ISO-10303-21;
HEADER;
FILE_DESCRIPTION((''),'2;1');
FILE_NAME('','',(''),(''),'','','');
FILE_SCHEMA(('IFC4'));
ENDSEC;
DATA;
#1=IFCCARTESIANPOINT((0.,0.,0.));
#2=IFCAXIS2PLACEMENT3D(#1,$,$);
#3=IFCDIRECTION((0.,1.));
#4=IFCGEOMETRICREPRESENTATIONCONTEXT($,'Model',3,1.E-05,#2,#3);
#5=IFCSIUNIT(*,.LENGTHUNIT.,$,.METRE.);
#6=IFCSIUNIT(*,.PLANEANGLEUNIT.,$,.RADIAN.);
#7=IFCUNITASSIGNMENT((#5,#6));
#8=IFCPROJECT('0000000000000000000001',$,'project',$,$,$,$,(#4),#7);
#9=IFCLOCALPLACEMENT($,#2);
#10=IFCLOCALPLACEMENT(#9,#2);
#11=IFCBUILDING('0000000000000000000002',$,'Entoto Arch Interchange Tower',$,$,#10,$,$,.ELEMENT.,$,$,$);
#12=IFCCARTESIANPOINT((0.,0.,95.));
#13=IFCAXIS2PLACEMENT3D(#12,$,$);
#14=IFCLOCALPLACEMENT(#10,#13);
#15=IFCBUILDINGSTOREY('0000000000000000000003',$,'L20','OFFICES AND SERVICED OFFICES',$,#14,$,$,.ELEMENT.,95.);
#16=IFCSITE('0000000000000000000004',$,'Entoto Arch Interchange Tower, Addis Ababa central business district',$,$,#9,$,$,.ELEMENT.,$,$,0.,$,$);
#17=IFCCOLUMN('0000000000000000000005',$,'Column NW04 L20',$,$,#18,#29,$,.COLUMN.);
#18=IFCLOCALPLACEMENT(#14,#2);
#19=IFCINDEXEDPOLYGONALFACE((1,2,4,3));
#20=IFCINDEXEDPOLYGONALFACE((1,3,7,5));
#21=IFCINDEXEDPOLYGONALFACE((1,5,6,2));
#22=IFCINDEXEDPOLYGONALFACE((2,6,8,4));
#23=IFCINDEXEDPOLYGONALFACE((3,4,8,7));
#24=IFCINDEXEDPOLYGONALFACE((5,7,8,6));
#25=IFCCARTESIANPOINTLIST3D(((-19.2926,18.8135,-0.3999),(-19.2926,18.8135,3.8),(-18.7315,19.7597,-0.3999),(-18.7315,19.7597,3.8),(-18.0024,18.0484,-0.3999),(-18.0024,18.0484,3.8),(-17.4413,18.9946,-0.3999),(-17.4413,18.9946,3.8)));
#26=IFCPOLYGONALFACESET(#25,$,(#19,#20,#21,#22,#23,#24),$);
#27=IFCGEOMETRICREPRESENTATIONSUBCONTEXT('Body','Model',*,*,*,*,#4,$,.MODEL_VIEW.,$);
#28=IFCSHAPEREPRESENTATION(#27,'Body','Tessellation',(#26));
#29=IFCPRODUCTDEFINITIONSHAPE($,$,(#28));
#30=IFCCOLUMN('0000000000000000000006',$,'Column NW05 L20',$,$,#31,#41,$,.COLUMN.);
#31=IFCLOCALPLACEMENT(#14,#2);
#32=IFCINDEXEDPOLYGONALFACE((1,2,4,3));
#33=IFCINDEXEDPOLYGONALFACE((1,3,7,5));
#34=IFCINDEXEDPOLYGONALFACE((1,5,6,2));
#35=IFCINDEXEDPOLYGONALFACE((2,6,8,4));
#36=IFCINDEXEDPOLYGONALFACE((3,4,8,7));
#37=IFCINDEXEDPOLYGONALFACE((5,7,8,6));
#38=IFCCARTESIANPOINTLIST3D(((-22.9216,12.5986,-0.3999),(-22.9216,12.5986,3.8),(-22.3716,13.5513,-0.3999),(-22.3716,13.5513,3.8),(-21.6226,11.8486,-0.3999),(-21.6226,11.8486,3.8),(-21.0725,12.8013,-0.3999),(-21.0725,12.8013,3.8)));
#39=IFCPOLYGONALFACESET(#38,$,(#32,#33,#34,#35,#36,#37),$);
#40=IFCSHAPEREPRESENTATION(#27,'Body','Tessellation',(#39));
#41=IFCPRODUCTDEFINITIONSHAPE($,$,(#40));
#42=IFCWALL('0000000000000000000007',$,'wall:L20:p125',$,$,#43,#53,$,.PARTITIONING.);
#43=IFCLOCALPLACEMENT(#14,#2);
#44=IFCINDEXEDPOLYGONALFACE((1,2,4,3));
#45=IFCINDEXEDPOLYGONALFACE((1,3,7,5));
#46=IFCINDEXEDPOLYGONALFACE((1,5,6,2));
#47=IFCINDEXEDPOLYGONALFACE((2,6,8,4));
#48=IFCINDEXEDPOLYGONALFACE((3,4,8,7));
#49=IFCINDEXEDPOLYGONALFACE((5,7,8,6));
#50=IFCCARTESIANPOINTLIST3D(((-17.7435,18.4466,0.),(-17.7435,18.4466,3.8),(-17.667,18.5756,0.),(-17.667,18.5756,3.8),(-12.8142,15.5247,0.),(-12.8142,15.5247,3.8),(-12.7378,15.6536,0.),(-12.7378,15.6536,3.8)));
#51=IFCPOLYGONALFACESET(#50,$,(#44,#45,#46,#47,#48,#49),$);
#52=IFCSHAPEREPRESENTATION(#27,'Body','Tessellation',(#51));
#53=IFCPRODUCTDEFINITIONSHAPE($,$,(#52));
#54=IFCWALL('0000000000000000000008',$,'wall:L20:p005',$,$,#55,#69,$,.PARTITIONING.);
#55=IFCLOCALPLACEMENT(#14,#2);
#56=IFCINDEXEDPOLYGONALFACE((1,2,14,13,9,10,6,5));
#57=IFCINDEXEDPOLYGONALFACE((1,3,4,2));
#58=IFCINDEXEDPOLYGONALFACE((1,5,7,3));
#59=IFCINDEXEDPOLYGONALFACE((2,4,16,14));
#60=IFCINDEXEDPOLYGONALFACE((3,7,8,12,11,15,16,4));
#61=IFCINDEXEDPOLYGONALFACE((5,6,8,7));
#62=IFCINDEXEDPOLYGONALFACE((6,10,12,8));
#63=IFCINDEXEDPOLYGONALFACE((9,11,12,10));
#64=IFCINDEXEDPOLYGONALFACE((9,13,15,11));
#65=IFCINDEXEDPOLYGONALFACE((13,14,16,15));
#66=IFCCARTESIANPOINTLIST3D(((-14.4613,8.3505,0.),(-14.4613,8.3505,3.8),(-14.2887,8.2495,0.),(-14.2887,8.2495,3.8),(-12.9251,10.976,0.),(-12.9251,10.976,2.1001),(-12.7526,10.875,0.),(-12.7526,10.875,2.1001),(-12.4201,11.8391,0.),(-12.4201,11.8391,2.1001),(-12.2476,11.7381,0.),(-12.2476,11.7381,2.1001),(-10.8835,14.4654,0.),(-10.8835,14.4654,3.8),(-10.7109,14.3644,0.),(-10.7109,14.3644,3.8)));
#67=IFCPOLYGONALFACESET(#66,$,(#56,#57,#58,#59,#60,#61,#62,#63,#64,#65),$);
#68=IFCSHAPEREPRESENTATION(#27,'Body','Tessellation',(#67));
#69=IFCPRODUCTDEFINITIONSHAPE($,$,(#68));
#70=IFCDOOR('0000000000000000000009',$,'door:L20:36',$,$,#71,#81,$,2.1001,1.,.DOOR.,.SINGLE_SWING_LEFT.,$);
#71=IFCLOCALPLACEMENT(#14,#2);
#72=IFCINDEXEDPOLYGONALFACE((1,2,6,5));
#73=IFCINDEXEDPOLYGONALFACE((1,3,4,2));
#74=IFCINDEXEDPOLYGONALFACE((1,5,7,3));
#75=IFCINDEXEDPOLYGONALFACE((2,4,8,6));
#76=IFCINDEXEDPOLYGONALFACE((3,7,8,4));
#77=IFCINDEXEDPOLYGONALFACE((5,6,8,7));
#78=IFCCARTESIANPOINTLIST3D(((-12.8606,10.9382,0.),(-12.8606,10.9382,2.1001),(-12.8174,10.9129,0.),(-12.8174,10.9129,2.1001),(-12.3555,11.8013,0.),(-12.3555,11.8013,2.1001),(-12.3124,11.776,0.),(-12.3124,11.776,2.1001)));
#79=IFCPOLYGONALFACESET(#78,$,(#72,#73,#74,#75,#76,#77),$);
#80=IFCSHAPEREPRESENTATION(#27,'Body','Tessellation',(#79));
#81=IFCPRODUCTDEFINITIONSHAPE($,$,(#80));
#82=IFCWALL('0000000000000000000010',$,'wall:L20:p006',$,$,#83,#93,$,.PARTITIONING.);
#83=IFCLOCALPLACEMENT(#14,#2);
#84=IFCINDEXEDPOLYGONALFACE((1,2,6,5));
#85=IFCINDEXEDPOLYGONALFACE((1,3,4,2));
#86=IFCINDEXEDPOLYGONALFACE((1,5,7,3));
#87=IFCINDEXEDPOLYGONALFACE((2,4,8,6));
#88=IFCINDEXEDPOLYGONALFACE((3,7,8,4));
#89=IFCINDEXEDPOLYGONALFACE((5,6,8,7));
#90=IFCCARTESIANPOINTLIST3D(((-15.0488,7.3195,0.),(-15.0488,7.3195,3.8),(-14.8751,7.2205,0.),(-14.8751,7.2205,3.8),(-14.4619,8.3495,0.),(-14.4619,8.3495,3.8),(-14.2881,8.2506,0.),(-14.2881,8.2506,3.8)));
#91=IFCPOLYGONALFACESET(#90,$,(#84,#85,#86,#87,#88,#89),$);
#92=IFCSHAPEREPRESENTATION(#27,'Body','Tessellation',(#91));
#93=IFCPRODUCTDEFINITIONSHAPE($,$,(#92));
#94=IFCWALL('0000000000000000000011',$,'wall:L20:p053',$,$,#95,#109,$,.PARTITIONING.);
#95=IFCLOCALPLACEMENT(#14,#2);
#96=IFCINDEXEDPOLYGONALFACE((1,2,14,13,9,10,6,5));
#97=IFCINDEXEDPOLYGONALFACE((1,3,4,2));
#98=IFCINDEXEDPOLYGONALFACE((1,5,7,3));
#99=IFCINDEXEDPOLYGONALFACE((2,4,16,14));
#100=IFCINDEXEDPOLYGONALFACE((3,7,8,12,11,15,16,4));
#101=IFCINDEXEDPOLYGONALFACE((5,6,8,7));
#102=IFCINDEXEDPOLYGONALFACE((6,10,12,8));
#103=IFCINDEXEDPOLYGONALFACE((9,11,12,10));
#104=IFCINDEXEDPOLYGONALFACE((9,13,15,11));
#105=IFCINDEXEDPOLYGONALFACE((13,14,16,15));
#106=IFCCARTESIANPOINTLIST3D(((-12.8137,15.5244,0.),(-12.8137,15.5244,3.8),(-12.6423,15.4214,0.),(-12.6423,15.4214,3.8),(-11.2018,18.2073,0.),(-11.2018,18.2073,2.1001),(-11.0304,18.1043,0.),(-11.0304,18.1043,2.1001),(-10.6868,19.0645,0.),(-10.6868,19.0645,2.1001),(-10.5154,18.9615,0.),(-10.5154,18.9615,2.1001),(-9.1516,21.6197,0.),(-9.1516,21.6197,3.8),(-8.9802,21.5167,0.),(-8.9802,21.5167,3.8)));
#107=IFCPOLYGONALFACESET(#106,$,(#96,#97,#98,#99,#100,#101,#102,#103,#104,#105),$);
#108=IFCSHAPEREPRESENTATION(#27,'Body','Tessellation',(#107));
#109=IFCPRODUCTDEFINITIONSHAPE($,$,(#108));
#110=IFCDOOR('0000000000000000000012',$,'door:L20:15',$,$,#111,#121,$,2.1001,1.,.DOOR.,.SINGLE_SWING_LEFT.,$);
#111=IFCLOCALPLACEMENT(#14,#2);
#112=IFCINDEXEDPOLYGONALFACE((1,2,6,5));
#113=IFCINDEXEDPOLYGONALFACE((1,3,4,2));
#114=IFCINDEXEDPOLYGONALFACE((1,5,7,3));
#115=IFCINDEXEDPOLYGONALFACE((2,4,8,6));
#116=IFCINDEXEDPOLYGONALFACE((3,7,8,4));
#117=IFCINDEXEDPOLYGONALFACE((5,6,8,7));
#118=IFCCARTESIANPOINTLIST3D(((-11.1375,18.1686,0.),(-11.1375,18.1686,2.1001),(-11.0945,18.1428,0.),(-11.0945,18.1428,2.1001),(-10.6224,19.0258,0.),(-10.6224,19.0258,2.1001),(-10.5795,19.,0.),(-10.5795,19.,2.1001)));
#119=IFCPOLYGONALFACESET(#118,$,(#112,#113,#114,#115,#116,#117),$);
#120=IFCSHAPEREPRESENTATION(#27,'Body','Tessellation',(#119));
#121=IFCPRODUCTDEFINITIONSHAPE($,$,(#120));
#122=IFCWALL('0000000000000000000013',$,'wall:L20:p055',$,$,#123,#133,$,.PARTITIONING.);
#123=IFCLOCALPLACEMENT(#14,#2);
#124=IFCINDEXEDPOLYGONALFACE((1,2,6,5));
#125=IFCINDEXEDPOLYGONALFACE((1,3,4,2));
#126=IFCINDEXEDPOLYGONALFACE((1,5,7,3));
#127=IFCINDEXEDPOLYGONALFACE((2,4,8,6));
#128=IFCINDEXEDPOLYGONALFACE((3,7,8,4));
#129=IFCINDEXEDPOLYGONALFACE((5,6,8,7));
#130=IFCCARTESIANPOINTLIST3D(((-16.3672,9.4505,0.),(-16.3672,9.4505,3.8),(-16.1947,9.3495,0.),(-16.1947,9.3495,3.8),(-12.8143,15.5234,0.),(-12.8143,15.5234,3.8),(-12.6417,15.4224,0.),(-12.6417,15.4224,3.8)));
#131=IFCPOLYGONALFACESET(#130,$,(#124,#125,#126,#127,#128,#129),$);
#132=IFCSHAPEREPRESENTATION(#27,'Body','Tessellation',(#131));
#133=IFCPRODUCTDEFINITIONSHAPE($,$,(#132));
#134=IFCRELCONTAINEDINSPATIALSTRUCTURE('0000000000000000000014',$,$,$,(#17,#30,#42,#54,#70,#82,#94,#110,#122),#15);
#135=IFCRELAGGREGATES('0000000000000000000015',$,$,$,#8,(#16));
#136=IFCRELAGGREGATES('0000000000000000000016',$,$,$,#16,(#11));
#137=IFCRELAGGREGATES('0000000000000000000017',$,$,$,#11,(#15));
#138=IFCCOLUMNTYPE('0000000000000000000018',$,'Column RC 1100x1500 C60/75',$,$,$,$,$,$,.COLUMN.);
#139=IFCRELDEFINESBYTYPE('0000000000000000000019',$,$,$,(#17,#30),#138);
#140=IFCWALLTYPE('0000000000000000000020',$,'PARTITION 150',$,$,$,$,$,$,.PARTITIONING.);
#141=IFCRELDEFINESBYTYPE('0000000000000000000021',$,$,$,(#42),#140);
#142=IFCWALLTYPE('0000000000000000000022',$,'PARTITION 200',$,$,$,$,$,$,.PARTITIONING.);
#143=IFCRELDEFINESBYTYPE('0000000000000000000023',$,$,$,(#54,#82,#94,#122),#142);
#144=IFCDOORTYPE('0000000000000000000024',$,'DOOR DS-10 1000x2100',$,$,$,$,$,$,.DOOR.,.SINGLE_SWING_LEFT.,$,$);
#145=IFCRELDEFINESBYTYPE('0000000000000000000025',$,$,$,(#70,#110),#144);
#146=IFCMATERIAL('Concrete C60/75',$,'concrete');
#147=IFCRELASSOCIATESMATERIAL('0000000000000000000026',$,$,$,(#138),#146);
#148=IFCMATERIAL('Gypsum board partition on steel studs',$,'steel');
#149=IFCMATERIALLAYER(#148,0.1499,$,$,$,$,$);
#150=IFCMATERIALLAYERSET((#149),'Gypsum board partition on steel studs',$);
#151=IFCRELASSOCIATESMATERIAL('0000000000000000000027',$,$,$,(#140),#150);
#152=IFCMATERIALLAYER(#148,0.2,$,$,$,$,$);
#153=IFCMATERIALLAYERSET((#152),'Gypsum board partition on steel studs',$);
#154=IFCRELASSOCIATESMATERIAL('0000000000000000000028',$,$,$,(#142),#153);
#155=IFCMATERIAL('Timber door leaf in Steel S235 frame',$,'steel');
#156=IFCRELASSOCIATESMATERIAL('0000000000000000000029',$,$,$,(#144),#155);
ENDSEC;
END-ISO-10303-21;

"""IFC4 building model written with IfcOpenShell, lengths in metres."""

from ifc_helpers import new_model, si_unit, direction, frame, frame_2d, origin, origin_2d, place, context, subcontext, project, spatial, rectangle, extrude, material, layer, layer_set, material_profile, profile_set, type_object, element, fill, save


model = new_model("IFC4")

# Units and contexts
model_context = context("Model", 3, precision=1e-05, world=origin(), true_north=direction((0.0, 1.0)))
body_context = subcontext(model_context, "Body", "Model", "MODEL_VIEW")
ifc_project = project(units=[si_unit("LENGTHUNIT", "METRE"), si_unit("PLANEANGLEUNIT", "RADIAN")], contexts=[model_context])

# Site, building, storey
site_placement = place(None, origin())
site = spatial("IfcSite", under=ifc_project, at=site_placement, Name="Entoto Arch Interchange Tower, Addis Ababa central business district", CompositionType="ELEMENT", RefElevation=0.0)
building_placement = place(site_placement, origin())
building = spatial("IfcBuilding", under=site, at=building_placement, Name="Entoto Arch Interchange Tower", CompositionType="ELEMENT")
storey_placement = place(building_placement, frame((0.0, 0.0, 95.0)))
storey = spatial("IfcBuildingStorey", under=building, at=storey_placement, Name="L20", Description="OFFICES AND SERVICED OFFICES", CompositionType="ELEMENT", Elevation=95.0)

# Columns
ifc_material_1 = material(Name="Concrete C60/75", Category="concrete")
ifc_material_profile = material_profile(ifc_material_1, rectangle(XDim=1.1001, YDim=1.5, at=origin_2d()))
ifc_profile_set = profile_set([ifc_material_profile], Name="Concrete C60/75")
column_type = type_object("IfcColumnType", Name="Column RC 1100x1500 C60/75", PredefinedType="COLUMN", material=ifc_profile_set)
for number, where, z_axis, x_axis, name in (
    (1, (-18.3669, 18.9041, -0.3999), (0.0, 0.0, 1.0), (0.510093, 0.860119, 0.0), "Column NW04 L20"),
    (2, (-21.9971, 12.7, -0.3999), (0.0, 0.0, 1.0), (0.5, 0.866025, 0.0), "Column NW05 L20"),
):
    element("IfcColumn", number, at=place(storey_placement, frame(where, z_axis=z_axis, x_axis=x_axis)), inside=storey, type_object=column_type, Name=name, PredefinedType="COLUMN", context=body_context, shape_type="SweptSolid", body=[
        extrude(rectangle(XDim=1.1001, YDim=1.5, at=origin_2d()), origin(), (0.0, 0.0, 1.0), 4.2),
    ])

# Wall
ifc_material_2 = material(Name="Gypsum board partition on steel studs", Category="steel")
ifc_layer_1 = layer(ifc_material_2, 0.1499)
ifc_layer_set_1 = layer_set([ifc_layer_1], Name="Gypsum board partition on steel studs")
wall_type_1 = type_object("IfcWallType", Name="PARTITION 150", PredefinedType="PARTITIONING", material=ifc_layer_set_1)
wall_1_placement = place(storey_placement, frame((-12.7759, 15.5891, 0.0), z_axis=(0.0, 0.0, 1.0), x_axis=(-0.860225, 0.509915, 0.0)))
element("IfcWall", 3, at=wall_1_placement, inside=storey, type_object=wall_type_1, Name="wall:L20:p125", PredefinedType="PARTITIONING", context=body_context, shape_type="SweptSolid", body=[
    extrude(rectangle(XDim=5.7302, YDim=0.1499, at=frame_2d((2.8652, 0.0))), origin(), (0.0, 0.0, 1.0), 3.8),
])

# Wall, opening, door
ifc_layer_2 = layer(ifc_material_2, 0.2)
ifc_layer_set_2 = layer_set([ifc_layer_2], Name="Gypsum board partition on steel studs")
wall_type_2 = type_object("IfcWallType", Name="PARTITION 200", PredefinedType="PARTITIONING", material=ifc_layer_set_2)
wall_2_placement = place(storey_placement, frame((-10.7971, 14.415, 0.0), z_axis=(0.0, 0.0, 1.0), x_axis=(-0.505008, -0.863114, 0.0)))
wall_2 = element("IfcWall", 4, at=wall_2_placement, inside=storey, type_object=wall_type_2, Name="wall:L20:p005", PredefinedType="PARTITIONING", context=body_context, shape_type="SweptSolid", body=[
    extrude(rectangle(XDim=7.0847, YDim=0.2, at=frame_2d((3.5425, 0.0))), origin(), (0.0, 0.0, 1.0), 3.8),
])
opening_1_placement = place(wall_2_placement, frame((3.043, 0.0, 0.0)))
opening_1 = element("IfcOpeningElement", 5, at=opening_1_placement, cuts=wall_2, PredefinedType="OPENING", context=body_context, shape_type="SweptSolid", body=[
    extrude(rectangle(XDim=1.0, YDim=2.1001, at=frame_2d((0.5, 1.05))), frame((0.0, 0.1099, 0.0), z_axis=(0.0, -1.0, 0.0), x_axis=(1.0, 0.0, 0.0)), (0.0, 0.0, 1.0), 0.22),
])
ifc_material_3 = material(Name="Timber door leaf in Steel S235 frame", Category="steel")
door_type_1 = type_object("IfcDoorType", Name="DOOR DS-10 1000x2100", OperationType="SINGLE_SWING_LEFT", PredefinedType="DOOR", material=ifc_material_3)
door_1_placement = place(opening_1_placement, origin())
door_1 = element("IfcDoor", 6, at=door_1_placement, inside=storey, type_object=door_type_1, Name="door:L20:36", OperationType="SINGLE_SWING_LEFT", OverallHeight=2.1001, OverallWidth=1.0, PredefinedType="DOOR", context=body_context, shape_type="SweptSolid", body=[
    extrude(rectangle(XDim=1.0, YDim=2.1001, at=frame_2d((0.5, 1.05))), frame((0.0, 0.0249, 0.0), z_axis=(0.0, -1.0, 0.0), x_axis=(1.0, 0.0, 0.0)), (0.0, 0.0, 1.0), 0.05),
])
fill(opening_1, door_1)

# Wall
wall_3_placement = place(storey_placement, frame((-14.375, 8.3, 0.0), z_axis=(0.0, 0.0, 1.0), x_axis=(-0.495074, -0.868851, 0.0)))
element("IfcWall", 7, at=wall_3_placement, inside=storey, type_object=wall_type_2, Name="wall:L20:p006", PredefinedType="PARTITIONING", context=body_context, shape_type="SweptSolid", body=[
    extrude(rectangle(XDim=1.1855, YDim=0.2, at=frame_2d((0.5928, 0.0))), origin(), (0.0, 0.0, 1.0), 3.8),
])

# Wall, opening, door
wall_4_placement = place(storey_placement, frame((-12.728, 15.4729, 0.0), z_axis=(0.0, 0.0, 1.0), x_axis=(0.515011, 0.857184, 0.0)))
wall_4 = element("IfcWall", 8, at=wall_4_placement, inside=storey, type_object=wall_type_2, Name="wall:L20:p053", PredefinedType="PARTITIONING", context=body_context, shape_type="SweptSolid", body=[
    extrude(rectangle(XDim=7.1108, YDim=0.2, at=frame_2d((3.5554, 0.0))), origin(), (0.0, 0.0, 1.0), 3.8),
])
opening_2_placement = place(wall_4_placement, frame((3.1299, 0.0, 0.0)))
opening_2 = element("IfcOpeningElement", 9, at=opening_2_placement, cuts=wall_4, PredefinedType="OPENING", context=body_context, shape_type="SweptSolid", body=[
    extrude(rectangle(XDim=1.0, YDim=2.1001, at=frame_2d((0.5, 1.05))), frame((0.0, 0.1099, 0.0), z_axis=(0.0, -1.0, 0.0), x_axis=(1.0, 0.0, 0.0)), (0.0, 0.0, 1.0), 0.22),
])
door_2_placement = place(opening_2_placement, origin())
door_2 = element("IfcDoor", 10, at=door_2_placement, inside=storey, type_object=door_type_1, Name="door:L20:15", OperationType="SINGLE_SWING_LEFT", OverallHeight=2.1001, OverallWidth=1.0, PredefinedType="DOOR", context=body_context, shape_type="SweptSolid", body=[
    extrude(rectangle(XDim=1.0, YDim=2.1001, at=frame_2d((0.5, 1.05))), frame((0.0, 0.0249, 0.0), z_axis=(0.0, -1.0, 0.0), x_axis=(1.0, 0.0, 0.0)), (0.0, 0.0, 1.0), 0.05),
])
fill(opening_2, door_2)

# Wall
wall_5_placement = place(storey_placement, frame((-16.281, 9.3999, 0.0), z_axis=(0.0, 0.0, 1.0), x_axis=(0.504973, 0.863135, 0.0)))
element("IfcWall", 11, at=wall_5_placement, inside=storey, type_object=wall_type_2, Name="wall:L20:p055", PredefinedType="PARTITIONING", context=body_context, shape_type="SweptSolid", body=[
    extrude(rectangle(XDim=7.0359, YDim=0.2, at=frame_2d((3.5181, 0.0))), origin(), (0.0, 0.0, 1.0), 3.8),
])

save(model, "model.ifc")
